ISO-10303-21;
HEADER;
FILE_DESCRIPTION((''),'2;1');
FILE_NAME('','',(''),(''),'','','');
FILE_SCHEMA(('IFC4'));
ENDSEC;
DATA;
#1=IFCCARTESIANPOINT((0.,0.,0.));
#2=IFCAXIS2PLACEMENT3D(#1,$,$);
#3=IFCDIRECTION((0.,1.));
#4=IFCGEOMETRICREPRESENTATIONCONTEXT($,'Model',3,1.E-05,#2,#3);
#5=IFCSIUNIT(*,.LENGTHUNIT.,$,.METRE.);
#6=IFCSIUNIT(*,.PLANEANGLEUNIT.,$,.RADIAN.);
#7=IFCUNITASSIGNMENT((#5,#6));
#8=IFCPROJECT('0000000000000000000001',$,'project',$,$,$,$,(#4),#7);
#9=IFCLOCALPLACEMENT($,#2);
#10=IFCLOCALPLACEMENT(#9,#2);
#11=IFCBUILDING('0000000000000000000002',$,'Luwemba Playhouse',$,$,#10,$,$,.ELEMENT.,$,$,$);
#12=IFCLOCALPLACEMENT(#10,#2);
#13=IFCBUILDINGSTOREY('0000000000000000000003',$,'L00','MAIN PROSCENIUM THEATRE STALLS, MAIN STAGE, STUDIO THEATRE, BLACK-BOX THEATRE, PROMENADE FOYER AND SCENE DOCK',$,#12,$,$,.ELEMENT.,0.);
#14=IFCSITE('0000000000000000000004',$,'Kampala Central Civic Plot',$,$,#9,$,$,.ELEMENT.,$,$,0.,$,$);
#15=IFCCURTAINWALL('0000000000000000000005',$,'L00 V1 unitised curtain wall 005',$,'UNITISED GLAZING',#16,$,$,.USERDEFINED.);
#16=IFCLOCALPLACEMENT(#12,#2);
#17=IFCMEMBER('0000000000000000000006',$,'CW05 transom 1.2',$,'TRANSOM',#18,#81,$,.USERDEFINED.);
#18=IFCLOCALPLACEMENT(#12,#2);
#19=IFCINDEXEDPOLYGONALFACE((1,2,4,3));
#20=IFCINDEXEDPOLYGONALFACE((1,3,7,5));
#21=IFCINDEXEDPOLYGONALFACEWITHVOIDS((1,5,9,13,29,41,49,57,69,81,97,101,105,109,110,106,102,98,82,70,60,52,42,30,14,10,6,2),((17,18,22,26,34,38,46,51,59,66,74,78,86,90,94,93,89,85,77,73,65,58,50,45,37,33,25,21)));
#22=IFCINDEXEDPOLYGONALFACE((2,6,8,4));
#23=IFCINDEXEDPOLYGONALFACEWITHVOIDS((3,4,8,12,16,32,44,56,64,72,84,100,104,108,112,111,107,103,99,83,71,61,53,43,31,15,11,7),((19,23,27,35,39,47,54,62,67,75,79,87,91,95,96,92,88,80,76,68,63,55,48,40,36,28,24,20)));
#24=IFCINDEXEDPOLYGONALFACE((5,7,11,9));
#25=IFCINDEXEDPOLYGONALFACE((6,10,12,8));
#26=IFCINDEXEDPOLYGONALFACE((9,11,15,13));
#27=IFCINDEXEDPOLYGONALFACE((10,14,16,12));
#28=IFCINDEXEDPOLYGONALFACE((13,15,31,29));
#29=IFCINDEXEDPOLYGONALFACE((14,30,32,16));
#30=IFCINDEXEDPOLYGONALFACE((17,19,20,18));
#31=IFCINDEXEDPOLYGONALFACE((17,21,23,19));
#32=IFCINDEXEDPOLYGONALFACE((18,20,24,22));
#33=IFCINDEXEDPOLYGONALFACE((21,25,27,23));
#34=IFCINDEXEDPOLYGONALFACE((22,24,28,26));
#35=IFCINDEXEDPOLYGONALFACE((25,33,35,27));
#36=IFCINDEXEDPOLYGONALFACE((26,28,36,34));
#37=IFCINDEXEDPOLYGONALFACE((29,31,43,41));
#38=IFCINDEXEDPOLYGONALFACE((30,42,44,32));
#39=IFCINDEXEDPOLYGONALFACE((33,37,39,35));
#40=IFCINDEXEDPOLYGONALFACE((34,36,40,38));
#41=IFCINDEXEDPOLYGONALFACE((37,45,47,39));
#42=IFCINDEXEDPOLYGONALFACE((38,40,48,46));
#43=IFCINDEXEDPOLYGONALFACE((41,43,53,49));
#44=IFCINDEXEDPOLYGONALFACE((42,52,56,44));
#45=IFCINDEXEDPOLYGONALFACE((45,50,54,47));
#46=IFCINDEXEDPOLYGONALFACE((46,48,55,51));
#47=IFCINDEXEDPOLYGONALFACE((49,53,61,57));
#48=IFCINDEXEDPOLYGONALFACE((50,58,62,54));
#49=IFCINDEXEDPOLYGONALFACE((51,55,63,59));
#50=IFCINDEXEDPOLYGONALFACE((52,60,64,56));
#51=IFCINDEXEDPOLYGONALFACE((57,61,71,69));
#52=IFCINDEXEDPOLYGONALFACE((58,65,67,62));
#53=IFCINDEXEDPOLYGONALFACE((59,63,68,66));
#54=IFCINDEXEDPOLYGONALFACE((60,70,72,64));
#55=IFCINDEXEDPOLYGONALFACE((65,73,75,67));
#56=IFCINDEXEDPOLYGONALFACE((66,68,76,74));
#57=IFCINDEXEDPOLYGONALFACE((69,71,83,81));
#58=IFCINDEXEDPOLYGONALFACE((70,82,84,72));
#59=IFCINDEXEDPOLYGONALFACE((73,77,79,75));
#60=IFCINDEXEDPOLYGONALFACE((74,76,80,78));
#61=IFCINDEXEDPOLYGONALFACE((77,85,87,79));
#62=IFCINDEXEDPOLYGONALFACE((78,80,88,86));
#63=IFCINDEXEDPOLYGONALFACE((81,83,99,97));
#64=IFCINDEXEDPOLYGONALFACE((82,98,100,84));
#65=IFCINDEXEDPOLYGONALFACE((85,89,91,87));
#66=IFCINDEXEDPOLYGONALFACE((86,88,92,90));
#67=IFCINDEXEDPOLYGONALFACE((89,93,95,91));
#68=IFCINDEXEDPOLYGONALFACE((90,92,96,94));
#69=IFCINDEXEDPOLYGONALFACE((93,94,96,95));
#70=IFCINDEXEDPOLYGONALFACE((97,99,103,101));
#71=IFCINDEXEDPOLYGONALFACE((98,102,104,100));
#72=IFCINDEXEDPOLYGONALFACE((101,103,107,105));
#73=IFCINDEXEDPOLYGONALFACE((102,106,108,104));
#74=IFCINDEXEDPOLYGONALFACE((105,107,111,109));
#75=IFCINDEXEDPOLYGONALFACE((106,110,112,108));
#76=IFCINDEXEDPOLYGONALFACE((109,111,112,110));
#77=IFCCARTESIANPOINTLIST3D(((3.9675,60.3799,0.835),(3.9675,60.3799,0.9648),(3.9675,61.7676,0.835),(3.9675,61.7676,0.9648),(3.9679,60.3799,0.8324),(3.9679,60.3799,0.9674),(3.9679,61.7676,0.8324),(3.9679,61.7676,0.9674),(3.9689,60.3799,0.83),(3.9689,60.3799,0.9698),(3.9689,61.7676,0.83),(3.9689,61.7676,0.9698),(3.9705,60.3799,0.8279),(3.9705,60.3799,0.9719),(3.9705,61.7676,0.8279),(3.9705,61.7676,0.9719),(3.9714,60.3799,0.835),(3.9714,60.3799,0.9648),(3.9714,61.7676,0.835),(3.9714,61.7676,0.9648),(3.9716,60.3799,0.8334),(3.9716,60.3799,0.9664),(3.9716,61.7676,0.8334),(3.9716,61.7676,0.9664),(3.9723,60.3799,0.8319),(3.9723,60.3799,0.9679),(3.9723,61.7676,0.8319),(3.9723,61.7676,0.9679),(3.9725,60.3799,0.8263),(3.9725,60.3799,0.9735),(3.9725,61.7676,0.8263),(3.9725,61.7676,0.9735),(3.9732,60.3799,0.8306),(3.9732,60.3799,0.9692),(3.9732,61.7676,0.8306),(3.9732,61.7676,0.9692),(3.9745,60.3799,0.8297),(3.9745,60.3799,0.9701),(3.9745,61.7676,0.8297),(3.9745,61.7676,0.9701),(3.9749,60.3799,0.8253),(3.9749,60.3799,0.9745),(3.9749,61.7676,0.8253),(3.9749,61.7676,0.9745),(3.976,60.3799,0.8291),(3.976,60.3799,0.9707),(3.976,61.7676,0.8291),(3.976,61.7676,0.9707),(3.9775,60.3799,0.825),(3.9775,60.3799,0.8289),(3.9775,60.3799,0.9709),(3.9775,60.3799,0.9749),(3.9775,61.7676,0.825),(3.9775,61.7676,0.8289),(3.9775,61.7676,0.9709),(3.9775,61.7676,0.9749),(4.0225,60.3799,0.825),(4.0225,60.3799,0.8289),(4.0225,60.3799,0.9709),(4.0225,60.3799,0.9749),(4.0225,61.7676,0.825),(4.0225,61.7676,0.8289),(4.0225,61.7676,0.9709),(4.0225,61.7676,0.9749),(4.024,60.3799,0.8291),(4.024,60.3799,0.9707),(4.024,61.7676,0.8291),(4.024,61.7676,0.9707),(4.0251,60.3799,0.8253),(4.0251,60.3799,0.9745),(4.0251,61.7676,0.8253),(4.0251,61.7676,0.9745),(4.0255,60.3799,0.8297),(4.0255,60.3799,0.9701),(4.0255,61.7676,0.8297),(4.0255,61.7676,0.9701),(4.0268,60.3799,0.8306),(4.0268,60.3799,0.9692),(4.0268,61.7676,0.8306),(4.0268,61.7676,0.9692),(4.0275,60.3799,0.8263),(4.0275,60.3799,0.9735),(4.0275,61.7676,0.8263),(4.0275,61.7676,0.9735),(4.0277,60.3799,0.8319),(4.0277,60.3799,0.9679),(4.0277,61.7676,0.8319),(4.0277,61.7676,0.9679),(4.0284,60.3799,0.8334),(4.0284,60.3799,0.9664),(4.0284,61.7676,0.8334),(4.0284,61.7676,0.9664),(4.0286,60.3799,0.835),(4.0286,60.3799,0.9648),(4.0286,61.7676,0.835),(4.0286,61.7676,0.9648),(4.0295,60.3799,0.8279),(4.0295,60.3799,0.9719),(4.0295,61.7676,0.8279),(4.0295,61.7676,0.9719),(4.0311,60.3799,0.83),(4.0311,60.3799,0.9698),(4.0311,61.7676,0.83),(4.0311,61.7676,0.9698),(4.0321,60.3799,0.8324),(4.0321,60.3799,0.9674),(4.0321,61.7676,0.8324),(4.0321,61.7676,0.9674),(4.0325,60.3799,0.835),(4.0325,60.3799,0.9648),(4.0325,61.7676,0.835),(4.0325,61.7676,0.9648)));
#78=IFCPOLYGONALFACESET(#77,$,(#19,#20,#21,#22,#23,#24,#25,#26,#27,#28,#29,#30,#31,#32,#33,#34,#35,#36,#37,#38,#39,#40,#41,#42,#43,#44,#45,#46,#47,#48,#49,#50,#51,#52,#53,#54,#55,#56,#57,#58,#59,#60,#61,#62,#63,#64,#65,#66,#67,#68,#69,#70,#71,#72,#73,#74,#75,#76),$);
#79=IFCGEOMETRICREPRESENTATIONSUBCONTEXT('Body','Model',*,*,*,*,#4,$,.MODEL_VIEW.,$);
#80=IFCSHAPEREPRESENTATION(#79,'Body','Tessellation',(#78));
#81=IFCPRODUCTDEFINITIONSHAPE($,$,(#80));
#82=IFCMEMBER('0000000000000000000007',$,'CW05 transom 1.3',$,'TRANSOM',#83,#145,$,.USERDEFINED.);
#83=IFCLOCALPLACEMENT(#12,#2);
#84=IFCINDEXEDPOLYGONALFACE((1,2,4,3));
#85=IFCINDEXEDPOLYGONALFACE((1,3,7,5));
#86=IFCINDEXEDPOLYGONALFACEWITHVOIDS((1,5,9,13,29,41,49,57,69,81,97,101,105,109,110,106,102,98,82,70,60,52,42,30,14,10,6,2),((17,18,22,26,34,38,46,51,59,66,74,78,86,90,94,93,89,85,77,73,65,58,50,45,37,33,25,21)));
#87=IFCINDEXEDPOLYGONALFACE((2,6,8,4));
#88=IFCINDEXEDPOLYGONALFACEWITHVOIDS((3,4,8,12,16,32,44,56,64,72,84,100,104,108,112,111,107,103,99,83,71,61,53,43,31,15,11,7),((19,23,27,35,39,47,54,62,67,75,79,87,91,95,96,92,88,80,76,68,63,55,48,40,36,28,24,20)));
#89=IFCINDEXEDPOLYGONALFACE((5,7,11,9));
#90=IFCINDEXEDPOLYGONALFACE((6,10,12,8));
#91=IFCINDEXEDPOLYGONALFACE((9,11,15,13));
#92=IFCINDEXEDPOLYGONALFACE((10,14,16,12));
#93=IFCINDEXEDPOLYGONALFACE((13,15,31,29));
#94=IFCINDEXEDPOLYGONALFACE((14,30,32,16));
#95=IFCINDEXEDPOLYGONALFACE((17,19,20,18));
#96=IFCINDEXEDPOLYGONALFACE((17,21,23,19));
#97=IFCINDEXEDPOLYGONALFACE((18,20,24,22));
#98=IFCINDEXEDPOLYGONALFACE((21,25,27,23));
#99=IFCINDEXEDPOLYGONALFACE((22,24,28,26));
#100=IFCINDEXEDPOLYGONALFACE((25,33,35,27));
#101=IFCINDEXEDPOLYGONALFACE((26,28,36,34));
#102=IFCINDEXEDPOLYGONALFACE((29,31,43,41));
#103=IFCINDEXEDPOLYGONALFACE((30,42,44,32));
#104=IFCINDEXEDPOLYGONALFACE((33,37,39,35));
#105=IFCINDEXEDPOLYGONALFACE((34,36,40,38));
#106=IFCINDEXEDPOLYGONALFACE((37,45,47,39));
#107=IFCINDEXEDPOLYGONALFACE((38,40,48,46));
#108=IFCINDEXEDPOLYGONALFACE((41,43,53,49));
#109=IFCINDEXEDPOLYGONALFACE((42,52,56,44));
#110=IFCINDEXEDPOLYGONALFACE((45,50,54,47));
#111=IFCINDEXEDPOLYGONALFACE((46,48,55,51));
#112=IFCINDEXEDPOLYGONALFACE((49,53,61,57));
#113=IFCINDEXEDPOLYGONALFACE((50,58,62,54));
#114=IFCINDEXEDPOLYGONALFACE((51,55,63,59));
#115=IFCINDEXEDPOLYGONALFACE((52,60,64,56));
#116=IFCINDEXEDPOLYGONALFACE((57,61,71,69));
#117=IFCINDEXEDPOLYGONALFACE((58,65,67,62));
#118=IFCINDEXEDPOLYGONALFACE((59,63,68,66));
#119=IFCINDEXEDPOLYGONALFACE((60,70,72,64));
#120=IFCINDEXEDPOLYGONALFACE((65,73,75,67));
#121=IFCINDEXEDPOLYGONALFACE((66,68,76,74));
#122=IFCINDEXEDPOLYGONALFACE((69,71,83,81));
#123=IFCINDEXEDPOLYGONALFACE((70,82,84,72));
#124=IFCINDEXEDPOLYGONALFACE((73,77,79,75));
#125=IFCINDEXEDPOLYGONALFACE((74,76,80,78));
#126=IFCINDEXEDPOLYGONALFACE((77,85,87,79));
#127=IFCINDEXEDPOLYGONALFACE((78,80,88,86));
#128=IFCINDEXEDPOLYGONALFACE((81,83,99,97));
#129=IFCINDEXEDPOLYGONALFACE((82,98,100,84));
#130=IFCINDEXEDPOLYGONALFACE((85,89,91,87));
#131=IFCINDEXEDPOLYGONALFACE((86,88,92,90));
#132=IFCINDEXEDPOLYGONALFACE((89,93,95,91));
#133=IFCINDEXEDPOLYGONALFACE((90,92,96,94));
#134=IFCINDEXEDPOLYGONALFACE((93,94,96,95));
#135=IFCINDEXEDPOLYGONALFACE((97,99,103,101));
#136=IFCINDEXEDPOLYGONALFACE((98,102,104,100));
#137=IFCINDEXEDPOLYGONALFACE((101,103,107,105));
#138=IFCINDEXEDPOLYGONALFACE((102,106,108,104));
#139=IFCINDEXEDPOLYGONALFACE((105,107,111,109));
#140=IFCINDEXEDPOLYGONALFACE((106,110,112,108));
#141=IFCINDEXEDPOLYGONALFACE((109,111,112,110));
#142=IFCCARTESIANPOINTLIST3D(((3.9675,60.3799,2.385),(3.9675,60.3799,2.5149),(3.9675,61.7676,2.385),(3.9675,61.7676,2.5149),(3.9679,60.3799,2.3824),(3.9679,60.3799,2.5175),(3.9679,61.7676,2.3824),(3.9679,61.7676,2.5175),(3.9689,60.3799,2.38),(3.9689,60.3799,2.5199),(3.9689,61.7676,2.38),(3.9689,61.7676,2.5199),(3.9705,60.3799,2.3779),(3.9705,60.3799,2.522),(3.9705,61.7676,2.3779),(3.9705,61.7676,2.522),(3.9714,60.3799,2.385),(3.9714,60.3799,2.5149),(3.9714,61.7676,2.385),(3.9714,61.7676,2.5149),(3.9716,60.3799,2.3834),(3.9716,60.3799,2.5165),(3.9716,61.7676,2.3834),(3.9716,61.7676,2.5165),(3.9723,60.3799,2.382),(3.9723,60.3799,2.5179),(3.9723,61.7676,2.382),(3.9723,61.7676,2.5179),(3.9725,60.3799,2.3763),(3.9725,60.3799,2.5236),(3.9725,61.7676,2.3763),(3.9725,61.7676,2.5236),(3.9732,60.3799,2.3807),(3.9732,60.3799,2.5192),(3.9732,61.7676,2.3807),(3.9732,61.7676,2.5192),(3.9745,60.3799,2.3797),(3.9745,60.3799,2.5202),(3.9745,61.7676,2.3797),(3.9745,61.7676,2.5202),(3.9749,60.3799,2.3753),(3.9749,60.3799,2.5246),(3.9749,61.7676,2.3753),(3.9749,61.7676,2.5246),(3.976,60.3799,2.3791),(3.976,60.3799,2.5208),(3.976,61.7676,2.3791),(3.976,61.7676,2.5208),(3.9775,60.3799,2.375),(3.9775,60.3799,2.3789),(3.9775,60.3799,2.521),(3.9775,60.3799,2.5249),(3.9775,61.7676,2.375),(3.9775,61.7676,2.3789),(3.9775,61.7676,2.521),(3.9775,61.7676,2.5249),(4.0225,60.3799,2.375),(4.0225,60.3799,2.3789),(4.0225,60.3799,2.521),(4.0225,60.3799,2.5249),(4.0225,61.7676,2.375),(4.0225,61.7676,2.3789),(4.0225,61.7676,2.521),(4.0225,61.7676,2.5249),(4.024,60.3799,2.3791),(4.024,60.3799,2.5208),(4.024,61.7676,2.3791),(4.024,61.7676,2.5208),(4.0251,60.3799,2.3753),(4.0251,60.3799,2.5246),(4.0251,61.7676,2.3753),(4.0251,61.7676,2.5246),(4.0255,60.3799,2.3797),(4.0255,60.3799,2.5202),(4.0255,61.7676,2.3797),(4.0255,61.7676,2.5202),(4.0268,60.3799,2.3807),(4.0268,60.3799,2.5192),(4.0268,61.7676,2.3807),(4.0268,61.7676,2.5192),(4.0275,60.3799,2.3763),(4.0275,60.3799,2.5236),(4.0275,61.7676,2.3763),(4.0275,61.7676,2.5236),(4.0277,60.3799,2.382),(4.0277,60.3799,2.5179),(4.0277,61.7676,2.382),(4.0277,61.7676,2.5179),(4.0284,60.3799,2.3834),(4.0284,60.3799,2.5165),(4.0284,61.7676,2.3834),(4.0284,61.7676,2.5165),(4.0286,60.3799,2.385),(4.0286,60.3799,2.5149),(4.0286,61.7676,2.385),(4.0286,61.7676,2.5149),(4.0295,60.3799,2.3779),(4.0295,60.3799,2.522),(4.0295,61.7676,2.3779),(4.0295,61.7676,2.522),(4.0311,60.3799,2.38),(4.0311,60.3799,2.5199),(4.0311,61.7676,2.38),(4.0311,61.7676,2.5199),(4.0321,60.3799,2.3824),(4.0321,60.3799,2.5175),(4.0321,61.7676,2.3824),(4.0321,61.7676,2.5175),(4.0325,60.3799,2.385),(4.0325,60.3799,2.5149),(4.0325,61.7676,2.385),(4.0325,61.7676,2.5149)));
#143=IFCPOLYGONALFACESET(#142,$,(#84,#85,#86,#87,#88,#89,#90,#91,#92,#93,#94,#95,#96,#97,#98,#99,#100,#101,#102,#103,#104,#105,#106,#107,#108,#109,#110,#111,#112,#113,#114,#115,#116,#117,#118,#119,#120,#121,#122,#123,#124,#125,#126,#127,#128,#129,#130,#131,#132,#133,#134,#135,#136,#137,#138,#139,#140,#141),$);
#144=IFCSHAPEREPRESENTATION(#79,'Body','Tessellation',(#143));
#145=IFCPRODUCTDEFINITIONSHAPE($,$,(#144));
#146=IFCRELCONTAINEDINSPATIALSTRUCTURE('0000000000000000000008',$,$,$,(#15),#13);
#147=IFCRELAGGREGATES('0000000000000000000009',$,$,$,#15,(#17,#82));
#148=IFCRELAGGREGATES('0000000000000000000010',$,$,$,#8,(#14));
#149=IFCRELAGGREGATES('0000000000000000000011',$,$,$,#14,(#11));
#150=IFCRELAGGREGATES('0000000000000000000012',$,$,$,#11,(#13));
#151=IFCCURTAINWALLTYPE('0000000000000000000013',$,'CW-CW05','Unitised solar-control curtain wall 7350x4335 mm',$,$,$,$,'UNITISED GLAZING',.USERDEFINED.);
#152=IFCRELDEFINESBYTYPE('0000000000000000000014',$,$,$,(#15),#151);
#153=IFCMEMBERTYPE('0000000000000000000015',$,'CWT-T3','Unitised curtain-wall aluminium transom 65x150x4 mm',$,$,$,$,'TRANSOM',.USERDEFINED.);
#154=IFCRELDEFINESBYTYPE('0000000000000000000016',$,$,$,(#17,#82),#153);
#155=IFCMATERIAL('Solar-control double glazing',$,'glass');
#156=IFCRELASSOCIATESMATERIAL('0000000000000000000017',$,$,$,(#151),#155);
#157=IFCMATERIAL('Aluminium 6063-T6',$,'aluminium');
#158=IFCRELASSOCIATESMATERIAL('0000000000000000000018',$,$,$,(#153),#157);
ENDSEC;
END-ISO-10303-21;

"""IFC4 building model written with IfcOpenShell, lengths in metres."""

from ifc_helpers import new_model, si_unit, direction, frame, origin, origin_2d, place, context, subcontext, project, spatial, hollow_rectangle, extrude, material, material_profile, profile_set, type_object, element, aggregate, save


model = new_model("IFC4")

# Units and contexts
model_context = context("Model", 3, precision=1e-05, world=origin(), true_north=direction((0.0, 1.0)))
body_context = subcontext(model_context, "Body", "Model", "MODEL_VIEW")
ifc_project = project(units=[si_unit("LENGTHUNIT", "METRE"), si_unit("PLANEANGLEUNIT", "RADIAN")], contexts=[model_context])

# Site, building, storey
site_placement = place(None, origin())
site = spatial("IfcSite", under=ifc_project, at=site_placement, Name="Kampala Central Civic Plot", CompositionType="ELEMENT", RefElevation=0.0)
building_placement = place(site_placement, origin())
building = spatial("IfcBuilding", under=site, at=building_placement, Name="Luwemba Playhouse", CompositionType="ELEMENT")
storey_placement = place(building_placement, origin())
storey = spatial("IfcBuildingStorey", under=building, at=storey_placement, Name="L00", Description="MAIN PROSCENIUM THEATRE STALLS, MAIN STAGE, STUDIO THEATRE, BLACK-BOX THEATRE, PROMENADE FOYER AND SCENE DOCK", CompositionType="ELEMENT", Elevation=0.0)

# Curtain wall, members
ifc_material_1 = material(Name="Solar-control double glazing", Category="glass")
curtain_wall_type = type_object("IfcCurtainWallType", Name="CW-CW05", Description="Unitised solar-control curtain wall 7350x4335 mm", ElementType="UNITISED GLAZING", PredefinedType="USERDEFINED", material=ifc_material_1)
curtain_wall_placement = place(storey_placement, origin())
curtain_wall = element("IfcCurtainWall", 1, at=curtain_wall_placement, inside=storey, type_object=curtain_wall_type, Name="L00 V1 unitised curtain wall 005", ObjectType="UNITISED GLAZING", PredefinedType="USERDEFINED")
ifc_material_2 = material(Name="Aluminium 6063-T6", Category="aluminium")
ifc_material_profile_1 = material_profile(ifc_material_2, hollow_rectangle(XDim=0.0649, YDim=0.1499, WallThickness=0.0039, InnerFilletRadius=0.0061, OuterFilletRadius=0.01, at=origin_2d()))
ifc_profile_set_1 = profile_set([ifc_material_profile_1], Name="Aluminium 6063-T6")
member_type_1 = type_object("IfcMemberType", Name="CWT-T3", Description="Unitised curtain-wall aluminium transom 65x150x4 mm", ElementType="TRANSOM", PredefinedType="USERDEFINED", material=ifc_profile_set_1)
member_1_placement = place(storey_placement, frame((4.0, 60.3799, 0.8999), z_axis=(0.0, 1.0, 0.0), x_axis=(-1.0, 0.0, 0.0)))
member_1 = element("IfcMember", 2, at=member_1_placement, type_object=member_type_1, Name="CW05 transom 1.2", ObjectType="TRANSOM", PredefinedType="USERDEFINED", context=body_context, shape_type="SweptSolid", body=[
    extrude(hollow_rectangle(XDim=0.0649, YDim=0.1499, WallThickness=0.0039, InnerFilletRadius=0.0061, OuterFilletRadius=0.01, at=origin_2d()), origin(), (0.0, 0.0, 1.0), 1.3877),
])
member_2_placement = place(storey_placement, frame((4.0, 60.3799, 2.45), z_axis=(0.0, 1.0, 0.0), x_axis=(-1.0, 0.0, 0.0)))
member_2 = element("IfcMember", 3, at=member_2_placement, type_object=member_type_1, Name="CW05 transom 1.3", ObjectType="TRANSOM", PredefinedType="USERDEFINED", context=body_context, shape_type="SweptSolid", body=[
    extrude(hollow_rectangle(XDim=0.0649, YDim=0.1499, WallThickness=0.0039, InnerFilletRadius=0.0061, OuterFilletRadius=0.01, at=origin_2d()), origin(), (0.0, 0.0, 1.0), 1.3877),
])
aggregate(curtain_wall, [member_1, member_2])

save(model, "model.ifc")
